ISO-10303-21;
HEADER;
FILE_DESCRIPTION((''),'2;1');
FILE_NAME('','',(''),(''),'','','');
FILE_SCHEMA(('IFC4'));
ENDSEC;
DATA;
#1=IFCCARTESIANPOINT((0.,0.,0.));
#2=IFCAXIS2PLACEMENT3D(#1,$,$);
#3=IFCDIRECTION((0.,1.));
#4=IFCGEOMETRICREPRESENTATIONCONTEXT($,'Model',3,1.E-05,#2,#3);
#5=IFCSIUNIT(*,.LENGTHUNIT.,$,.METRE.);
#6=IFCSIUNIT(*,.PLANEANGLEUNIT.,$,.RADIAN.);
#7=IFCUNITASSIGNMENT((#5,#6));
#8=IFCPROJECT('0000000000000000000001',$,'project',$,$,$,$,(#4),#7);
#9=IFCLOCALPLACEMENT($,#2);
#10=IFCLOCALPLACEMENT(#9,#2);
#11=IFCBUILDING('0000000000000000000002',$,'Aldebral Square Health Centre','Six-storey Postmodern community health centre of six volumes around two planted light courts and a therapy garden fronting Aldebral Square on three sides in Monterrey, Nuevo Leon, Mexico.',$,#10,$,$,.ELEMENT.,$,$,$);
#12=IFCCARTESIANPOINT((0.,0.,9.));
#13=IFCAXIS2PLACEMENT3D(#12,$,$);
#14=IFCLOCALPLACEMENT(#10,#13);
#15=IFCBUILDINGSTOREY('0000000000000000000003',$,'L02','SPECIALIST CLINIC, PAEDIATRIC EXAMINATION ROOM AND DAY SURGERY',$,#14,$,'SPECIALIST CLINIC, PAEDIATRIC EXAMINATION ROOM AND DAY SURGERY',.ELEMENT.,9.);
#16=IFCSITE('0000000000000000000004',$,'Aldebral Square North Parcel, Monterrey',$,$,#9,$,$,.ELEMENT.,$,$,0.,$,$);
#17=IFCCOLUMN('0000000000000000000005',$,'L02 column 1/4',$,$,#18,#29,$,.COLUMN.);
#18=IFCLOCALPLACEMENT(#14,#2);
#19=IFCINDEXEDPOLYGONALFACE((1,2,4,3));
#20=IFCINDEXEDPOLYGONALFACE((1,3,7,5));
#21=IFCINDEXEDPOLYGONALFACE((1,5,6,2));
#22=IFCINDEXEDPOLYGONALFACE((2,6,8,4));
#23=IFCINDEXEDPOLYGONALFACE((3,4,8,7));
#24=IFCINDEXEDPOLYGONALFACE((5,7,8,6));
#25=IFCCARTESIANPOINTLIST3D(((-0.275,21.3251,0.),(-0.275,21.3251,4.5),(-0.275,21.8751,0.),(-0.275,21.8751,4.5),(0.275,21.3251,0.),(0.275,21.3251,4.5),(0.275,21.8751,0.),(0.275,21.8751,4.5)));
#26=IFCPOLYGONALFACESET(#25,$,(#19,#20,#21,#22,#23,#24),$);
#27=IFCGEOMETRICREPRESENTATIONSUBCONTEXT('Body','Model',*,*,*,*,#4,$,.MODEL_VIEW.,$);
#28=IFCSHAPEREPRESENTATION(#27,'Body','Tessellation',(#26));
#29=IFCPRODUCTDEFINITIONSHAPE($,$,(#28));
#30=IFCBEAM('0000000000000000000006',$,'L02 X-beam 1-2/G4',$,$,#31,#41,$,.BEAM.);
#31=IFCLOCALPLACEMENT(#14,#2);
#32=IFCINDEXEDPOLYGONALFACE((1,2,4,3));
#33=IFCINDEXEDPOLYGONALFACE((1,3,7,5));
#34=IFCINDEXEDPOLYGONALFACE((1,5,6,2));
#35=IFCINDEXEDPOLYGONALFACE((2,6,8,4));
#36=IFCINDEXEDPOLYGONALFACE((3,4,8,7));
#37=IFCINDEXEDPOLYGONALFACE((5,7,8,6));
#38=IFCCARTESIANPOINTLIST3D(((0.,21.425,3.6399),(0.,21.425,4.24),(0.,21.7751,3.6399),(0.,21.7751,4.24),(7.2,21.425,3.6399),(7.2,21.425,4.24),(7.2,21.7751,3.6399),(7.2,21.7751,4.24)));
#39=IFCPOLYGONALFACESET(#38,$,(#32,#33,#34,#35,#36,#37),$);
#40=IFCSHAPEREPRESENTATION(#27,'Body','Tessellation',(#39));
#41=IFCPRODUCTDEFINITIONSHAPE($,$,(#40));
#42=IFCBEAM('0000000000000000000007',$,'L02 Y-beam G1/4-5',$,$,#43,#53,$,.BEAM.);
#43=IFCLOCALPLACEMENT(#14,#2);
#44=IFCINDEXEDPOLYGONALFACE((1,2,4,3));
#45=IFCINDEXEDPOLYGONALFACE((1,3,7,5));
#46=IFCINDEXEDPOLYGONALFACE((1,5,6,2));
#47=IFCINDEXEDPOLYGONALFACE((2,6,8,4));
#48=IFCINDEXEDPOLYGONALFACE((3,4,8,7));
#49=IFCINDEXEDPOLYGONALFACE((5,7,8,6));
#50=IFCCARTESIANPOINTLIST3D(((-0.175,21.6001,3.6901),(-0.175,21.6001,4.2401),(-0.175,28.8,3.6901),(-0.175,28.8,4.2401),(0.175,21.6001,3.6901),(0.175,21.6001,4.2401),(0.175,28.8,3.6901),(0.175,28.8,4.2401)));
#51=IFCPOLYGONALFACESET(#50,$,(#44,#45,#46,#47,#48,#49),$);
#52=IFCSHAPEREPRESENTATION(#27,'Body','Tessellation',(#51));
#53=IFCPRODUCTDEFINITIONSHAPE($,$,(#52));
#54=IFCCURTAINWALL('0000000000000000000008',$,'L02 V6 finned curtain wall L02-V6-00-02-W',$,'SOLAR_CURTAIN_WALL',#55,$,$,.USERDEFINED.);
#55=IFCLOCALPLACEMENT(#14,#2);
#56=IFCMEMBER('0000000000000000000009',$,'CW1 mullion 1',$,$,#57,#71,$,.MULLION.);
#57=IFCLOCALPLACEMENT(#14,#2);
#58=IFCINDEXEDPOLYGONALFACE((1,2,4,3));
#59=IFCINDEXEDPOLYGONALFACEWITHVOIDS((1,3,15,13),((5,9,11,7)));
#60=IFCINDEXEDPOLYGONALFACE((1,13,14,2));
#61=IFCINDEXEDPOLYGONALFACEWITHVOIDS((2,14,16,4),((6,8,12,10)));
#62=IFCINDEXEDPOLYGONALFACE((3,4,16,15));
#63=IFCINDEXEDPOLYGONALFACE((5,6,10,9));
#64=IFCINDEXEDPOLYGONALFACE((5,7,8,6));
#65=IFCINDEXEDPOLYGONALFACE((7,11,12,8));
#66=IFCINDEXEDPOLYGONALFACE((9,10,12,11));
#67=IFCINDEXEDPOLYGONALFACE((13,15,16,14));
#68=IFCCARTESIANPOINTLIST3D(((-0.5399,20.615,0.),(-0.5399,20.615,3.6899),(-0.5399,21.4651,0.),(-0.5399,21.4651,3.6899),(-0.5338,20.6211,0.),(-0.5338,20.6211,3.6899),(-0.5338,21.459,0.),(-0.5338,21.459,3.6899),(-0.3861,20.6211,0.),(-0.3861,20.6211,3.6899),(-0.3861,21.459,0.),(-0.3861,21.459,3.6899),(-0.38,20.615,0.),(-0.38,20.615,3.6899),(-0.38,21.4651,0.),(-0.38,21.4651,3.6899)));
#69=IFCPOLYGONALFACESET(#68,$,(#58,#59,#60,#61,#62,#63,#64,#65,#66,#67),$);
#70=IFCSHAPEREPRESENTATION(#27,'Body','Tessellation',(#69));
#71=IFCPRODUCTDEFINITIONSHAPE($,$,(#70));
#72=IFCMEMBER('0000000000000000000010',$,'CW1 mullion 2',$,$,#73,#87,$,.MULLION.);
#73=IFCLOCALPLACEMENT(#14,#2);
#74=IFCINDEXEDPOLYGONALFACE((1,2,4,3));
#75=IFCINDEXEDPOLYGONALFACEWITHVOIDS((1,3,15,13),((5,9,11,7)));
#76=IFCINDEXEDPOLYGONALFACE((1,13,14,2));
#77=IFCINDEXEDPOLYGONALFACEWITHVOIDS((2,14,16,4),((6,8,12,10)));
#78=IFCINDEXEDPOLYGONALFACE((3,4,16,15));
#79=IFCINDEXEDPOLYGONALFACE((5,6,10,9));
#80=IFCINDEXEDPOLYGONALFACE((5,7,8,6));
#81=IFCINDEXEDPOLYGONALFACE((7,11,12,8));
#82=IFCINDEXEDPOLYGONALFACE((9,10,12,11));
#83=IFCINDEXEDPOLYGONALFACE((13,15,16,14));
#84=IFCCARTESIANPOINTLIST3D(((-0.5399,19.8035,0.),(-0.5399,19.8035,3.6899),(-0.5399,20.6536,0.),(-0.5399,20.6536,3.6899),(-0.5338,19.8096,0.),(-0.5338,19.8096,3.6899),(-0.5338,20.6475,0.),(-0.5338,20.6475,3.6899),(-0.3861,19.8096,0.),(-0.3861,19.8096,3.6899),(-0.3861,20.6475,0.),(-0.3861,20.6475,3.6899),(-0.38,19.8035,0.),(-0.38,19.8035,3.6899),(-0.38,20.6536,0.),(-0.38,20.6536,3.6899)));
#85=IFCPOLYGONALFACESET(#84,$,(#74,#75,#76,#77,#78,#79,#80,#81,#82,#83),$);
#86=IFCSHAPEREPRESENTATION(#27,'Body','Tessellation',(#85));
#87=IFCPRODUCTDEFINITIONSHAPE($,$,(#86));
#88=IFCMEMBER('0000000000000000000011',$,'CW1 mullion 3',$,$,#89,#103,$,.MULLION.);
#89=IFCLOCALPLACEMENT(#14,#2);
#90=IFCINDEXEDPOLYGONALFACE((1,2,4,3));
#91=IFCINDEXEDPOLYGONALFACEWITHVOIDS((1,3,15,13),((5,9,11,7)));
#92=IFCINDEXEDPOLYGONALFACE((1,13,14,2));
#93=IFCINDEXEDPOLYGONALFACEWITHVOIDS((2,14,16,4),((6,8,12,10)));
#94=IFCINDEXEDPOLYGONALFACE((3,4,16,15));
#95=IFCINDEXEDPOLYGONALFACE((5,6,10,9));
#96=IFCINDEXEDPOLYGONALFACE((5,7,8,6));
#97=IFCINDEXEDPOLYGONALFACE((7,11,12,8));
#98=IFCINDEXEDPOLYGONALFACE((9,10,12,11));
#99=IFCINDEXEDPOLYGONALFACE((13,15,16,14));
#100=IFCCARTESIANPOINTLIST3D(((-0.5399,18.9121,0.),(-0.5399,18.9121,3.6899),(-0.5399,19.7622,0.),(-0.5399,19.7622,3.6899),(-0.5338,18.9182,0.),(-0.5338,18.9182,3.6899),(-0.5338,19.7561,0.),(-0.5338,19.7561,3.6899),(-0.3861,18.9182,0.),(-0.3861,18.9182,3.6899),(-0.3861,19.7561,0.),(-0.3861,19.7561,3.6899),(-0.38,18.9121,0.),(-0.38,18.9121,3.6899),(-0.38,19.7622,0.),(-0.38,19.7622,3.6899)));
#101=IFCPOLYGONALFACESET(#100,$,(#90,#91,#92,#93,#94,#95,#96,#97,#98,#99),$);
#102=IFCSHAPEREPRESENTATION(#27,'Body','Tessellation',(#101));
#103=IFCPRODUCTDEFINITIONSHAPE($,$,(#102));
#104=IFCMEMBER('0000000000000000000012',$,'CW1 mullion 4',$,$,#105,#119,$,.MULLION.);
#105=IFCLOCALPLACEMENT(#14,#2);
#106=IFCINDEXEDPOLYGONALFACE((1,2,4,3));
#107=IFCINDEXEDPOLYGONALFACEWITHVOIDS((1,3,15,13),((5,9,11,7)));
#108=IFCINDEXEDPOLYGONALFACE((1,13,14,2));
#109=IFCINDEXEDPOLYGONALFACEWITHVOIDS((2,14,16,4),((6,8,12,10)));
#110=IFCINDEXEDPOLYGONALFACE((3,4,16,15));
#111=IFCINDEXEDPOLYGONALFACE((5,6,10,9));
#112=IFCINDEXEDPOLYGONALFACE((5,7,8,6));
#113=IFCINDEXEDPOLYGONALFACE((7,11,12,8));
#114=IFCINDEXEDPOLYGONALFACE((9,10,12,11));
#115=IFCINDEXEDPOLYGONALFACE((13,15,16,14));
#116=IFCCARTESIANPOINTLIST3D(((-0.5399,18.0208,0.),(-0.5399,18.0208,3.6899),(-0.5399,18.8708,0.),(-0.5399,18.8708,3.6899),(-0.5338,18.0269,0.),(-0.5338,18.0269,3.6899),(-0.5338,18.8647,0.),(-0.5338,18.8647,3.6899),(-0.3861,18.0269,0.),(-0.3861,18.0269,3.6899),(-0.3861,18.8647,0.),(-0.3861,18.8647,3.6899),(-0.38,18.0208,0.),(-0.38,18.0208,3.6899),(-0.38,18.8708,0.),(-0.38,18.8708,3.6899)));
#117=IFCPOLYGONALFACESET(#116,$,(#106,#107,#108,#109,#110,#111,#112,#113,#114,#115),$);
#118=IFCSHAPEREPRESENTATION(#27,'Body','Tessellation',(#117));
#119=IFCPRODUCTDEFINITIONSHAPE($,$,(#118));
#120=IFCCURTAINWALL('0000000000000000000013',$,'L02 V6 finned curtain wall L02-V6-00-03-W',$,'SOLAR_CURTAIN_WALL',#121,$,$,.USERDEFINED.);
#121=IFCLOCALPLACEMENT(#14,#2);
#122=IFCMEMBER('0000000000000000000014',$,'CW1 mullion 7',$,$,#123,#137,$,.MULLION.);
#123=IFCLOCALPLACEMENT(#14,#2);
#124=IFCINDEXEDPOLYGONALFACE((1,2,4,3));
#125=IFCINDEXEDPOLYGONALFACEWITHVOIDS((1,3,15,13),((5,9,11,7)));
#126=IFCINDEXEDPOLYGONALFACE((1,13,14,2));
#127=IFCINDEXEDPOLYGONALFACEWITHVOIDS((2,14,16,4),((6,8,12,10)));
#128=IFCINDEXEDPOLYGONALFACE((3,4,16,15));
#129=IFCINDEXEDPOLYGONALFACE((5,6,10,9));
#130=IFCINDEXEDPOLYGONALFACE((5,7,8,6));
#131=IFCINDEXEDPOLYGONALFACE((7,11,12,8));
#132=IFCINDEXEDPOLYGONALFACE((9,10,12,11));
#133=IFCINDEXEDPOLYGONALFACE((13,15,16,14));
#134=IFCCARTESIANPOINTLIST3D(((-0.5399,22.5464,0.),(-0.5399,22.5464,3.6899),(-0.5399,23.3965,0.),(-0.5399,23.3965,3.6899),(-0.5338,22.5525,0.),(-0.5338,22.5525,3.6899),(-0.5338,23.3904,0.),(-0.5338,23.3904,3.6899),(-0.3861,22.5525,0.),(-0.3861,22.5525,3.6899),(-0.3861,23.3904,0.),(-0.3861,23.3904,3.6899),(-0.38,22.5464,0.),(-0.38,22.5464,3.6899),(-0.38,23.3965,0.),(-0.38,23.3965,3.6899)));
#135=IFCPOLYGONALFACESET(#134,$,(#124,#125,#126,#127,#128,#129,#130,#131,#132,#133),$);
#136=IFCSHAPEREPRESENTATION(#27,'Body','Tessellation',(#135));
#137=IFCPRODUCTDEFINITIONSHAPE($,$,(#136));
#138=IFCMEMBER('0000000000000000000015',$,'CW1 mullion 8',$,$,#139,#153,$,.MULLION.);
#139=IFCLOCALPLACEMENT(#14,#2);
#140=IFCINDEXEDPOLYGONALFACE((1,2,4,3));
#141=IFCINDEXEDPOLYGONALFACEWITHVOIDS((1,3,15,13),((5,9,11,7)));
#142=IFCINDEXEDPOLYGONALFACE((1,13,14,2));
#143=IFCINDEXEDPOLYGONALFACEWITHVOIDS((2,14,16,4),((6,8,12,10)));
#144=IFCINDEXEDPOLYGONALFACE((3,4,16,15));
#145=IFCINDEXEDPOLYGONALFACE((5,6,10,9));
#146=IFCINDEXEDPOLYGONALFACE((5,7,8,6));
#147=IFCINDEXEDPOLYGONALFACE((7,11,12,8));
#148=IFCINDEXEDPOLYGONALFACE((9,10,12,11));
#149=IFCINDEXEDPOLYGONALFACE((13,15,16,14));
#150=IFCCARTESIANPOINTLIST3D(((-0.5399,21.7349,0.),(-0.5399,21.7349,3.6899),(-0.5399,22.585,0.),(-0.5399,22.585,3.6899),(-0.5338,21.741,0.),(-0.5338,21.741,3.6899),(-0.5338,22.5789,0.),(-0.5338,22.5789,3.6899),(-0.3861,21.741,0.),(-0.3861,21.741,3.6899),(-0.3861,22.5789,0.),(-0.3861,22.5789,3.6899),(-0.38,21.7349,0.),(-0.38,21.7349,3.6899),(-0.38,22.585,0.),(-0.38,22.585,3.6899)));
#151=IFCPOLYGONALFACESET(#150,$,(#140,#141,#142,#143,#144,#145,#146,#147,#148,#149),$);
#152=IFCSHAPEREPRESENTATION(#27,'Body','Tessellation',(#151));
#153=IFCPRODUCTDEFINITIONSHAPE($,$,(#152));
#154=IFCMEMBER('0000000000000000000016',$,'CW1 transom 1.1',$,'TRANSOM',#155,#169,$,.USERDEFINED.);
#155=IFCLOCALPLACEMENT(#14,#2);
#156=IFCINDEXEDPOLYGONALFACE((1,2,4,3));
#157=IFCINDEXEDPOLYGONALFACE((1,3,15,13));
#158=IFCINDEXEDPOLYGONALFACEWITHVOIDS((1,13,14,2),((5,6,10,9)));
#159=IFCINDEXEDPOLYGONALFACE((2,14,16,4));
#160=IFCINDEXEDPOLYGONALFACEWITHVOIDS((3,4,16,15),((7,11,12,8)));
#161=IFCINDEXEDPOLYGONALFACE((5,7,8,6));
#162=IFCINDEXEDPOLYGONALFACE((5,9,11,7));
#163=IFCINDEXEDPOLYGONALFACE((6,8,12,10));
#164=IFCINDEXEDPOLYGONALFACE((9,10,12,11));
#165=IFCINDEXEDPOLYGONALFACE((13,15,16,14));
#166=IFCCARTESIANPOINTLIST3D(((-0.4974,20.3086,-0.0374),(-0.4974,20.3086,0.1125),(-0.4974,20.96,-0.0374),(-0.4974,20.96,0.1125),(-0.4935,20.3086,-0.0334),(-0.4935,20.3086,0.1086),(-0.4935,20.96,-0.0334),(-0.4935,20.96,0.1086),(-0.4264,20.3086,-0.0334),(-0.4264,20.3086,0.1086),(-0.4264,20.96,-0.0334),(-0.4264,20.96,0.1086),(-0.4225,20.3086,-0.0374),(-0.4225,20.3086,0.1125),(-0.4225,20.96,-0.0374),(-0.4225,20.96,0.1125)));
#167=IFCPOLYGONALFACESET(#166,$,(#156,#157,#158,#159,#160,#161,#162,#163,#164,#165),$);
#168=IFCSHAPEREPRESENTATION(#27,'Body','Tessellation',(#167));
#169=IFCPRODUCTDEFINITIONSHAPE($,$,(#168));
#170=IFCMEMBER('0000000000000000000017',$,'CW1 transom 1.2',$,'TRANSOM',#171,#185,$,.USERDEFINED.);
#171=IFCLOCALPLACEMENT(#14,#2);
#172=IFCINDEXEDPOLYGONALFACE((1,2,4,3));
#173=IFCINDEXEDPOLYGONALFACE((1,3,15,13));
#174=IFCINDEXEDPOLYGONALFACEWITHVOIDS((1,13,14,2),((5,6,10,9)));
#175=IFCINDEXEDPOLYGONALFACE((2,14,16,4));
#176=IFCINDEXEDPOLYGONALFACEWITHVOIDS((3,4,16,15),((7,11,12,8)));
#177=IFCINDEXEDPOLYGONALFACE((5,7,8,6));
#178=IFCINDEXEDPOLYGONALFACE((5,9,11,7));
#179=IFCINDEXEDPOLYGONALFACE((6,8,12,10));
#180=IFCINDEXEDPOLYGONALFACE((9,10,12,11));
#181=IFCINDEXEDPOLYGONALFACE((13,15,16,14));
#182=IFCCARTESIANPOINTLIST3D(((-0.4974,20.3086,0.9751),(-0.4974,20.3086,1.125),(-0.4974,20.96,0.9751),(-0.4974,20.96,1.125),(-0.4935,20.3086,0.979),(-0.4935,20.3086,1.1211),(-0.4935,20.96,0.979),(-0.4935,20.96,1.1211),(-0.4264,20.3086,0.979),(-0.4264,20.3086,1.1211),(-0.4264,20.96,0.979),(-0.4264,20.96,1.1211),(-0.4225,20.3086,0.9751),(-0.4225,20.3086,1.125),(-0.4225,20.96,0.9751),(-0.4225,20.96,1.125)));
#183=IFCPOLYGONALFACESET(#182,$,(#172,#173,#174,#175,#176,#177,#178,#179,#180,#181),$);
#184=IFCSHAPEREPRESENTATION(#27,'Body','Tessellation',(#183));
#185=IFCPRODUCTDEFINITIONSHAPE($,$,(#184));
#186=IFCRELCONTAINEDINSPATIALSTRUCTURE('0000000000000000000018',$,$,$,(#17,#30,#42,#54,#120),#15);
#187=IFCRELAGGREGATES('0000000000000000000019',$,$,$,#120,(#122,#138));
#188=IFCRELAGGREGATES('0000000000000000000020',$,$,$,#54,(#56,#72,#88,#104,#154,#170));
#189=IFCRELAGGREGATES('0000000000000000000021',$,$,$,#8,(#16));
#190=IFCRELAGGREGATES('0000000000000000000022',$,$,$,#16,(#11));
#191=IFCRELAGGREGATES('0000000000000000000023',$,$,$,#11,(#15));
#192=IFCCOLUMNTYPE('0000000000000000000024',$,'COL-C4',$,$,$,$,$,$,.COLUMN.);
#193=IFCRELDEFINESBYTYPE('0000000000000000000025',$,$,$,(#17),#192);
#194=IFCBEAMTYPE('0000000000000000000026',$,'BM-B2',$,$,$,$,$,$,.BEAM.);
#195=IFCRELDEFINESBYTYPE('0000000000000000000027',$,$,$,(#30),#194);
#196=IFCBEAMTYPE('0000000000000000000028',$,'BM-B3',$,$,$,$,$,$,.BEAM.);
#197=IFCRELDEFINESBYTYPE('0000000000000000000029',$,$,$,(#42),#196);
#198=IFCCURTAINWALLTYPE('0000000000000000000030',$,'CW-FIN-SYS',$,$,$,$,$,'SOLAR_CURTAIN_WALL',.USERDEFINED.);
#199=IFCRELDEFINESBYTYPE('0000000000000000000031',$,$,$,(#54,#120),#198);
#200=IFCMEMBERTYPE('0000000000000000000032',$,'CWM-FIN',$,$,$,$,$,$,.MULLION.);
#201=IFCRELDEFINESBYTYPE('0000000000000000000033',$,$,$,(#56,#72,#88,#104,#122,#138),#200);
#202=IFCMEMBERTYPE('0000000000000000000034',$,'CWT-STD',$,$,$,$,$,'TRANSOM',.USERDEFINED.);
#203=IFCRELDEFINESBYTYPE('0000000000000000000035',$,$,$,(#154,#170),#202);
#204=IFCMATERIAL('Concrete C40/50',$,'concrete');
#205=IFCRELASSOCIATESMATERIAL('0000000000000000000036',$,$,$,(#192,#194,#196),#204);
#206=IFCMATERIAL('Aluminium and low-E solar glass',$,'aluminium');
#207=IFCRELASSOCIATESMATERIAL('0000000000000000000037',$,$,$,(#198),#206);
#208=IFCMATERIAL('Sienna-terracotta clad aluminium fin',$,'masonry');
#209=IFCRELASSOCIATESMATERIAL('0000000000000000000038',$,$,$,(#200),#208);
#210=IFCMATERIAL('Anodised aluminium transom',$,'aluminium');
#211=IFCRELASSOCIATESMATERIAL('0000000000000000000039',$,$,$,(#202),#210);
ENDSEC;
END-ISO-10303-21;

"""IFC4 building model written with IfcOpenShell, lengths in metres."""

from ifc_helpers import new_model, si_unit, direction, frame, origin, origin_2d, place, context, subcontext, project, spatial, rectangle, hollow_rectangle, extrude, material, material_profile, profile_set, type_object, element, aggregate, save


model = new_model("IFC4")

# Units and contexts
model_context = context("Model", 3, precision=1e-05, world=origin(), true_north=direction((0.0, 1.0)))
body_context = subcontext(model_context, "Body", "Model", "MODEL_VIEW")
ifc_project = project(units=[si_unit("LENGTHUNIT", "METRE"), si_unit("PLANEANGLEUNIT", "RADIAN")], contexts=[model_context])

# Site, building, storey
site_placement = place(None, origin())
site = spatial("IfcSite", under=ifc_project, at=site_placement, Name="Aldebral Square North Parcel, Monterrey", CompositionType="ELEMENT", RefElevation=0.0)
building_placement = place(site_placement, origin())
building = spatial("IfcBuilding", under=site, at=building_placement, Name="Aldebral Square Health Centre", Description="Six-storey Postmodern community health centre of six volumes around two planted light courts and a therapy garden fronting Aldebral Square on three sides in Monterrey, Nuevo Leon, Mexico.", CompositionType="ELEMENT")
storey_placement = place(building_placement, frame((0.0, 0.0, 9.0)))
storey = spatial("IfcBuildingStorey", under=building, at=storey_placement, Name="L02", Description="SPECIALIST CLINIC, PAEDIATRIC EXAMINATION ROOM AND DAY SURGERY", LongName="SPECIALIST CLINIC, PAEDIATRIC EXAMINATION ROOM AND DAY SURGERY", CompositionType="ELEMENT", Elevation=9.0)

# Column
ifc_material_1 = material(Name="Concrete C40/50", Category="concrete")
ifc_material_profile_1 = material_profile(ifc_material_1, rectangle(XDim=0.55, YDim=0.55, at=origin_2d()), Name="RC 550x550")
ifc_profile_set_1 = profile_set([ifc_material_profile_1], Name="Concrete C40/50")
column_type = type_object("IfcColumnType", Name="COL-C4", PredefinedType="COLUMN", material=ifc_profile_set_1)
column_placement = place(storey_placement, frame((0.0, 21.6001, 0.0), z_axis=(0.0, 0.0, 1.0), x_axis=(1.0, 0.0, 0.0)))
element("IfcColumn", 1, at=column_placement, inside=storey, type_object=column_type, Name="L02 column 1/4", PredefinedType="COLUMN", context=body_context, shape_type="SweptSolid", body=[
    extrude(rectangle(XDim=0.55, YDim=0.55, at=origin_2d()), origin(), (0.0, 0.0, 1.0), 4.5),
])

# Beams
ifc_material_profile_2 = material_profile(ifc_material_1, rectangle(XDim=0.3501, YDim=0.6001, at=origin_2d()), Name="RC 350x600")
ifc_profile_set_2 = profile_set([ifc_material_profile_2], Name="Concrete C40/50")
beam_type_1 = type_object("IfcBeamType", Name="BM-B2", PredefinedType="BEAM", material=ifc_profile_set_2)
beam_1_placement = place(storey_placement, frame((0.0, 21.6001, 3.9399), z_axis=(1.0, 0.0, 0.0), x_axis=(0.0, 1.0, 0.0)))
element("IfcBeam", 2, at=beam_1_placement, inside=storey, type_object=beam_type_1, Name="L02 X-beam 1-2/G4", PredefinedType="BEAM", context=body_context, shape_type="SweptSolid", body=[
    extrude(rectangle(XDim=0.3501, YDim=0.6001, at=origin_2d()), origin(), (0.0, 0.0, 1.0), 7.2),
])
ifc_material_profile_3 = material_profile(ifc_material_1, rectangle(XDim=0.3501, YDim=0.55, at=origin_2d()), Name="RC 350x550")
ifc_profile_set_3 = profile_set([ifc_material_profile_3], Name="Concrete C40/50")
beam_type_2 = type_object("IfcBeamType", Name="BM-B3", PredefinedType="BEAM", material=ifc_profile_set_3)
beam_2_placement = place(storey_placement, frame((0.0, 21.6001, 3.9651), z_axis=(0.0, 1.0, 0.0), x_axis=(-1.0, 0.0, 0.0)))
element("IfcBeam", 3, at=beam_2_placement, inside=storey, type_object=beam_type_2, Name="L02 Y-beam G1/4-5", PredefinedType="BEAM", context=body_context, shape_type="SweptSolid", body=[
    extrude(rectangle(XDim=0.3501, YDim=0.55, at=origin_2d()), origin(), (0.0, 0.0, 1.0), 7.2),
])

# Curtain walls, members
ifc_material_2 = material(Name="Aluminium and low-E solar glass", Category="aluminium")
curtain_wall_type = type_object("IfcCurtainWallType", Name="CW-FIN-SYS", ElementType="SOLAR_CURTAIN_WALL", PredefinedType="USERDEFINED", material=ifc_material_2)
curtain_wall_1_placement = place(storey_placement, origin())
curtain_wall_1 = element("IfcCurtainWall", 4, at=curtain_wall_1_placement, inside=storey, type_object=curtain_wall_type, Name="L02 V6 finned curtain wall L02-V6-00-02-W", ObjectType="SOLAR_CURTAIN_WALL", PredefinedType="USERDEFINED")
ifc_material_3 = material(Name="Sienna-terracotta clad aluminium fin", Category="masonry")
ifc_material_profile_4 = material_profile(ifc_material_3, hollow_rectangle(XDim=0.1599, YDim=0.8501, WallThickness=0.0061, at=origin_2d()), Name="FIN 160x850x6")
ifc_profile_set_4 = profile_set([ifc_material_profile_4], Name="Sienna-terracotta clad aluminium fin")
member_type_1 = type_object("IfcMemberType", Name="CWM-FIN", PredefinedType="MULLION", material=ifc_profile_set_4)
member_1_placement = place(storey_placement, frame((-0.46, 21.04, 0.0), z_axis=(0.0, 0.0, 1.0), x_axis=(1.0, 0.0, 0.0)))
member_1 = element("IfcMember", 5, at=member_1_placement, type_object=member_type_1, Name="CW1 mullion 1", PredefinedType="MULLION", context=body_context, shape_type="SweptSolid", body=[
    extrude(hollow_rectangle(XDim=0.1599, YDim=0.8501, WallThickness=0.0061, at=origin_2d()), origin(), (0.0, 0.0, 1.0), 3.6899),
])
member_2_placement = place(storey_placement, frame((-0.46, 20.2285, 0.0), z_axis=(0.0, 0.0, 1.0), x_axis=(1.0, 0.0, 0.0)))
member_2 = element("IfcMember", 6, at=member_2_placement, type_object=member_type_1, Name="CW1 mullion 2", PredefinedType="MULLION", context=body_context, shape_type="SweptSolid", body=[
    extrude(hollow_rectangle(XDim=0.1599, YDim=0.8501, WallThickness=0.0061, at=origin_2d()), origin(), (0.0, 0.0, 1.0), 3.6899),
])
member_3_placement = place(storey_placement, frame((-0.46, 19.3372, 0.0), z_axis=(0.0, 0.0, 1.0), x_axis=(1.0, 0.0, 0.0)))
member_3 = element("IfcMember", 7, at=member_3_placement, type_object=member_type_1, Name="CW1 mullion 3", PredefinedType="MULLION", context=body_context, shape_type="SweptSolid", body=[
    extrude(hollow_rectangle(XDim=0.1599, YDim=0.8501, WallThickness=0.0061, at=origin_2d()), origin(), (0.0, 0.0, 1.0), 3.6899),
])
member_4_placement = place(storey_placement, frame((-0.46, 18.4458, 0.0), z_axis=(0.0, 0.0, 1.0), x_axis=(1.0, 0.0, 0.0)))
member_4 = element("IfcMember", 8, at=member_4_placement, type_object=member_type_1, Name="CW1 mullion 4", PredefinedType="MULLION", context=body_context, shape_type="SweptSolid", body=[
    extrude(hollow_rectangle(XDim=0.1599, YDim=0.8501, WallThickness=0.0061, at=origin_2d()), origin(), (0.0, 0.0, 1.0), 3.6899),
])
curtain_wall_2_placement = place(storey_placement, origin())
curtain_wall_2 = element("IfcCurtainWall", 9, at=curtain_wall_2_placement, inside=storey, type_object=curtain_wall_type, Name="L02 V6 finned curtain wall L02-V6-00-03-W", ObjectType="SOLAR_CURTAIN_WALL", PredefinedType="USERDEFINED")
member_5_placement = place(storey_placement, frame((-0.46, 22.9714, 0.0), z_axis=(0.0, 0.0, 1.0), x_axis=(1.0, 0.0, 0.0)))
member_5 = element("IfcMember", 10, at=member_5_placement, type_object=member_type_1, Name="CW1 mullion 7", PredefinedType="MULLION", context=body_context, shape_type="SweptSolid", body=[
    extrude(hollow_rectangle(XDim=0.1599, YDim=0.8501, WallThickness=0.0061, at=origin_2d()), origin(), (0.0, 0.0, 1.0), 3.6899),
])
member_6_placement = place(storey_placement, frame((-0.46, 22.1599, 0.0), z_axis=(0.0, 0.0, 1.0), x_axis=(1.0, 0.0, 0.0)))
member_6 = element("IfcMember", 11, at=member_6_placement, type_object=member_type_1, Name="CW1 mullion 8", PredefinedType="MULLION", context=body_context, shape_type="SweptSolid", body=[
    extrude(hollow_rectangle(XDim=0.1599, YDim=0.8501, WallThickness=0.0061, at=origin_2d()), origin(), (0.0, 0.0, 1.0), 3.6899),
])

# Members
ifc_material_4 = material(Name="Anodised aluminium transom", Category="aluminium")
ifc_material_profile_5 = material_profile(ifc_material_4, hollow_rectangle(XDim=0.075, YDim=0.1499, WallThickness=0.0039, at=origin_2d()), Name="CWT 75x150x4")
ifc_profile_set_5 = profile_set([ifc_material_profile_5], Name="Anodised aluminium transom")
member_type_2 = type_object("IfcMemberType", Name="CWT-STD", ElementType="TRANSOM", PredefinedType="USERDEFINED", material=ifc_profile_set_5)
member_7_placement = place(storey_placement, frame((-0.46, 20.96, 0.0376), z_axis=(0.0, -1.0, 0.0), x_axis=(1.0, 0.0, 0.0)))
member_7 = element("IfcMember", 12, at=member_7_placement, type_object=member_type_2, Name="CW1 transom 1.1", ObjectType="TRANSOM", PredefinedType="USERDEFINED", context=body_context, shape_type="SweptSolid", body=[
    extrude(hollow_rectangle(XDim=0.075, YDim=0.1499, WallThickness=0.0039, at=origin_2d()), origin(), (0.0, 0.0, 1.0), 0.6514),
])
member_8_placement = place(storey_placement, frame((-0.46, 20.96, 1.05), z_axis=(0.0, -1.0, 0.0), x_axis=(1.0, 0.0, 0.0)))
member_8 = element("IfcMember", 13, at=member_8_placement, type_object=member_type_2, Name="CW1 transom 1.2", ObjectType="TRANSOM", PredefinedType="USERDEFINED", context=body_context, shape_type="SweptSolid", body=[
    extrude(hollow_rectangle(XDim=0.075, YDim=0.1499, WallThickness=0.0039, at=origin_2d()), origin(), (0.0, 0.0, 1.0), 0.6514),
])

aggregate(curtain_wall_2, [member_5, member_6])
aggregate(curtain_wall_1, [member_1, member_2, member_3, member_4, member_7, member_8])

save(model, "model.ifc")
